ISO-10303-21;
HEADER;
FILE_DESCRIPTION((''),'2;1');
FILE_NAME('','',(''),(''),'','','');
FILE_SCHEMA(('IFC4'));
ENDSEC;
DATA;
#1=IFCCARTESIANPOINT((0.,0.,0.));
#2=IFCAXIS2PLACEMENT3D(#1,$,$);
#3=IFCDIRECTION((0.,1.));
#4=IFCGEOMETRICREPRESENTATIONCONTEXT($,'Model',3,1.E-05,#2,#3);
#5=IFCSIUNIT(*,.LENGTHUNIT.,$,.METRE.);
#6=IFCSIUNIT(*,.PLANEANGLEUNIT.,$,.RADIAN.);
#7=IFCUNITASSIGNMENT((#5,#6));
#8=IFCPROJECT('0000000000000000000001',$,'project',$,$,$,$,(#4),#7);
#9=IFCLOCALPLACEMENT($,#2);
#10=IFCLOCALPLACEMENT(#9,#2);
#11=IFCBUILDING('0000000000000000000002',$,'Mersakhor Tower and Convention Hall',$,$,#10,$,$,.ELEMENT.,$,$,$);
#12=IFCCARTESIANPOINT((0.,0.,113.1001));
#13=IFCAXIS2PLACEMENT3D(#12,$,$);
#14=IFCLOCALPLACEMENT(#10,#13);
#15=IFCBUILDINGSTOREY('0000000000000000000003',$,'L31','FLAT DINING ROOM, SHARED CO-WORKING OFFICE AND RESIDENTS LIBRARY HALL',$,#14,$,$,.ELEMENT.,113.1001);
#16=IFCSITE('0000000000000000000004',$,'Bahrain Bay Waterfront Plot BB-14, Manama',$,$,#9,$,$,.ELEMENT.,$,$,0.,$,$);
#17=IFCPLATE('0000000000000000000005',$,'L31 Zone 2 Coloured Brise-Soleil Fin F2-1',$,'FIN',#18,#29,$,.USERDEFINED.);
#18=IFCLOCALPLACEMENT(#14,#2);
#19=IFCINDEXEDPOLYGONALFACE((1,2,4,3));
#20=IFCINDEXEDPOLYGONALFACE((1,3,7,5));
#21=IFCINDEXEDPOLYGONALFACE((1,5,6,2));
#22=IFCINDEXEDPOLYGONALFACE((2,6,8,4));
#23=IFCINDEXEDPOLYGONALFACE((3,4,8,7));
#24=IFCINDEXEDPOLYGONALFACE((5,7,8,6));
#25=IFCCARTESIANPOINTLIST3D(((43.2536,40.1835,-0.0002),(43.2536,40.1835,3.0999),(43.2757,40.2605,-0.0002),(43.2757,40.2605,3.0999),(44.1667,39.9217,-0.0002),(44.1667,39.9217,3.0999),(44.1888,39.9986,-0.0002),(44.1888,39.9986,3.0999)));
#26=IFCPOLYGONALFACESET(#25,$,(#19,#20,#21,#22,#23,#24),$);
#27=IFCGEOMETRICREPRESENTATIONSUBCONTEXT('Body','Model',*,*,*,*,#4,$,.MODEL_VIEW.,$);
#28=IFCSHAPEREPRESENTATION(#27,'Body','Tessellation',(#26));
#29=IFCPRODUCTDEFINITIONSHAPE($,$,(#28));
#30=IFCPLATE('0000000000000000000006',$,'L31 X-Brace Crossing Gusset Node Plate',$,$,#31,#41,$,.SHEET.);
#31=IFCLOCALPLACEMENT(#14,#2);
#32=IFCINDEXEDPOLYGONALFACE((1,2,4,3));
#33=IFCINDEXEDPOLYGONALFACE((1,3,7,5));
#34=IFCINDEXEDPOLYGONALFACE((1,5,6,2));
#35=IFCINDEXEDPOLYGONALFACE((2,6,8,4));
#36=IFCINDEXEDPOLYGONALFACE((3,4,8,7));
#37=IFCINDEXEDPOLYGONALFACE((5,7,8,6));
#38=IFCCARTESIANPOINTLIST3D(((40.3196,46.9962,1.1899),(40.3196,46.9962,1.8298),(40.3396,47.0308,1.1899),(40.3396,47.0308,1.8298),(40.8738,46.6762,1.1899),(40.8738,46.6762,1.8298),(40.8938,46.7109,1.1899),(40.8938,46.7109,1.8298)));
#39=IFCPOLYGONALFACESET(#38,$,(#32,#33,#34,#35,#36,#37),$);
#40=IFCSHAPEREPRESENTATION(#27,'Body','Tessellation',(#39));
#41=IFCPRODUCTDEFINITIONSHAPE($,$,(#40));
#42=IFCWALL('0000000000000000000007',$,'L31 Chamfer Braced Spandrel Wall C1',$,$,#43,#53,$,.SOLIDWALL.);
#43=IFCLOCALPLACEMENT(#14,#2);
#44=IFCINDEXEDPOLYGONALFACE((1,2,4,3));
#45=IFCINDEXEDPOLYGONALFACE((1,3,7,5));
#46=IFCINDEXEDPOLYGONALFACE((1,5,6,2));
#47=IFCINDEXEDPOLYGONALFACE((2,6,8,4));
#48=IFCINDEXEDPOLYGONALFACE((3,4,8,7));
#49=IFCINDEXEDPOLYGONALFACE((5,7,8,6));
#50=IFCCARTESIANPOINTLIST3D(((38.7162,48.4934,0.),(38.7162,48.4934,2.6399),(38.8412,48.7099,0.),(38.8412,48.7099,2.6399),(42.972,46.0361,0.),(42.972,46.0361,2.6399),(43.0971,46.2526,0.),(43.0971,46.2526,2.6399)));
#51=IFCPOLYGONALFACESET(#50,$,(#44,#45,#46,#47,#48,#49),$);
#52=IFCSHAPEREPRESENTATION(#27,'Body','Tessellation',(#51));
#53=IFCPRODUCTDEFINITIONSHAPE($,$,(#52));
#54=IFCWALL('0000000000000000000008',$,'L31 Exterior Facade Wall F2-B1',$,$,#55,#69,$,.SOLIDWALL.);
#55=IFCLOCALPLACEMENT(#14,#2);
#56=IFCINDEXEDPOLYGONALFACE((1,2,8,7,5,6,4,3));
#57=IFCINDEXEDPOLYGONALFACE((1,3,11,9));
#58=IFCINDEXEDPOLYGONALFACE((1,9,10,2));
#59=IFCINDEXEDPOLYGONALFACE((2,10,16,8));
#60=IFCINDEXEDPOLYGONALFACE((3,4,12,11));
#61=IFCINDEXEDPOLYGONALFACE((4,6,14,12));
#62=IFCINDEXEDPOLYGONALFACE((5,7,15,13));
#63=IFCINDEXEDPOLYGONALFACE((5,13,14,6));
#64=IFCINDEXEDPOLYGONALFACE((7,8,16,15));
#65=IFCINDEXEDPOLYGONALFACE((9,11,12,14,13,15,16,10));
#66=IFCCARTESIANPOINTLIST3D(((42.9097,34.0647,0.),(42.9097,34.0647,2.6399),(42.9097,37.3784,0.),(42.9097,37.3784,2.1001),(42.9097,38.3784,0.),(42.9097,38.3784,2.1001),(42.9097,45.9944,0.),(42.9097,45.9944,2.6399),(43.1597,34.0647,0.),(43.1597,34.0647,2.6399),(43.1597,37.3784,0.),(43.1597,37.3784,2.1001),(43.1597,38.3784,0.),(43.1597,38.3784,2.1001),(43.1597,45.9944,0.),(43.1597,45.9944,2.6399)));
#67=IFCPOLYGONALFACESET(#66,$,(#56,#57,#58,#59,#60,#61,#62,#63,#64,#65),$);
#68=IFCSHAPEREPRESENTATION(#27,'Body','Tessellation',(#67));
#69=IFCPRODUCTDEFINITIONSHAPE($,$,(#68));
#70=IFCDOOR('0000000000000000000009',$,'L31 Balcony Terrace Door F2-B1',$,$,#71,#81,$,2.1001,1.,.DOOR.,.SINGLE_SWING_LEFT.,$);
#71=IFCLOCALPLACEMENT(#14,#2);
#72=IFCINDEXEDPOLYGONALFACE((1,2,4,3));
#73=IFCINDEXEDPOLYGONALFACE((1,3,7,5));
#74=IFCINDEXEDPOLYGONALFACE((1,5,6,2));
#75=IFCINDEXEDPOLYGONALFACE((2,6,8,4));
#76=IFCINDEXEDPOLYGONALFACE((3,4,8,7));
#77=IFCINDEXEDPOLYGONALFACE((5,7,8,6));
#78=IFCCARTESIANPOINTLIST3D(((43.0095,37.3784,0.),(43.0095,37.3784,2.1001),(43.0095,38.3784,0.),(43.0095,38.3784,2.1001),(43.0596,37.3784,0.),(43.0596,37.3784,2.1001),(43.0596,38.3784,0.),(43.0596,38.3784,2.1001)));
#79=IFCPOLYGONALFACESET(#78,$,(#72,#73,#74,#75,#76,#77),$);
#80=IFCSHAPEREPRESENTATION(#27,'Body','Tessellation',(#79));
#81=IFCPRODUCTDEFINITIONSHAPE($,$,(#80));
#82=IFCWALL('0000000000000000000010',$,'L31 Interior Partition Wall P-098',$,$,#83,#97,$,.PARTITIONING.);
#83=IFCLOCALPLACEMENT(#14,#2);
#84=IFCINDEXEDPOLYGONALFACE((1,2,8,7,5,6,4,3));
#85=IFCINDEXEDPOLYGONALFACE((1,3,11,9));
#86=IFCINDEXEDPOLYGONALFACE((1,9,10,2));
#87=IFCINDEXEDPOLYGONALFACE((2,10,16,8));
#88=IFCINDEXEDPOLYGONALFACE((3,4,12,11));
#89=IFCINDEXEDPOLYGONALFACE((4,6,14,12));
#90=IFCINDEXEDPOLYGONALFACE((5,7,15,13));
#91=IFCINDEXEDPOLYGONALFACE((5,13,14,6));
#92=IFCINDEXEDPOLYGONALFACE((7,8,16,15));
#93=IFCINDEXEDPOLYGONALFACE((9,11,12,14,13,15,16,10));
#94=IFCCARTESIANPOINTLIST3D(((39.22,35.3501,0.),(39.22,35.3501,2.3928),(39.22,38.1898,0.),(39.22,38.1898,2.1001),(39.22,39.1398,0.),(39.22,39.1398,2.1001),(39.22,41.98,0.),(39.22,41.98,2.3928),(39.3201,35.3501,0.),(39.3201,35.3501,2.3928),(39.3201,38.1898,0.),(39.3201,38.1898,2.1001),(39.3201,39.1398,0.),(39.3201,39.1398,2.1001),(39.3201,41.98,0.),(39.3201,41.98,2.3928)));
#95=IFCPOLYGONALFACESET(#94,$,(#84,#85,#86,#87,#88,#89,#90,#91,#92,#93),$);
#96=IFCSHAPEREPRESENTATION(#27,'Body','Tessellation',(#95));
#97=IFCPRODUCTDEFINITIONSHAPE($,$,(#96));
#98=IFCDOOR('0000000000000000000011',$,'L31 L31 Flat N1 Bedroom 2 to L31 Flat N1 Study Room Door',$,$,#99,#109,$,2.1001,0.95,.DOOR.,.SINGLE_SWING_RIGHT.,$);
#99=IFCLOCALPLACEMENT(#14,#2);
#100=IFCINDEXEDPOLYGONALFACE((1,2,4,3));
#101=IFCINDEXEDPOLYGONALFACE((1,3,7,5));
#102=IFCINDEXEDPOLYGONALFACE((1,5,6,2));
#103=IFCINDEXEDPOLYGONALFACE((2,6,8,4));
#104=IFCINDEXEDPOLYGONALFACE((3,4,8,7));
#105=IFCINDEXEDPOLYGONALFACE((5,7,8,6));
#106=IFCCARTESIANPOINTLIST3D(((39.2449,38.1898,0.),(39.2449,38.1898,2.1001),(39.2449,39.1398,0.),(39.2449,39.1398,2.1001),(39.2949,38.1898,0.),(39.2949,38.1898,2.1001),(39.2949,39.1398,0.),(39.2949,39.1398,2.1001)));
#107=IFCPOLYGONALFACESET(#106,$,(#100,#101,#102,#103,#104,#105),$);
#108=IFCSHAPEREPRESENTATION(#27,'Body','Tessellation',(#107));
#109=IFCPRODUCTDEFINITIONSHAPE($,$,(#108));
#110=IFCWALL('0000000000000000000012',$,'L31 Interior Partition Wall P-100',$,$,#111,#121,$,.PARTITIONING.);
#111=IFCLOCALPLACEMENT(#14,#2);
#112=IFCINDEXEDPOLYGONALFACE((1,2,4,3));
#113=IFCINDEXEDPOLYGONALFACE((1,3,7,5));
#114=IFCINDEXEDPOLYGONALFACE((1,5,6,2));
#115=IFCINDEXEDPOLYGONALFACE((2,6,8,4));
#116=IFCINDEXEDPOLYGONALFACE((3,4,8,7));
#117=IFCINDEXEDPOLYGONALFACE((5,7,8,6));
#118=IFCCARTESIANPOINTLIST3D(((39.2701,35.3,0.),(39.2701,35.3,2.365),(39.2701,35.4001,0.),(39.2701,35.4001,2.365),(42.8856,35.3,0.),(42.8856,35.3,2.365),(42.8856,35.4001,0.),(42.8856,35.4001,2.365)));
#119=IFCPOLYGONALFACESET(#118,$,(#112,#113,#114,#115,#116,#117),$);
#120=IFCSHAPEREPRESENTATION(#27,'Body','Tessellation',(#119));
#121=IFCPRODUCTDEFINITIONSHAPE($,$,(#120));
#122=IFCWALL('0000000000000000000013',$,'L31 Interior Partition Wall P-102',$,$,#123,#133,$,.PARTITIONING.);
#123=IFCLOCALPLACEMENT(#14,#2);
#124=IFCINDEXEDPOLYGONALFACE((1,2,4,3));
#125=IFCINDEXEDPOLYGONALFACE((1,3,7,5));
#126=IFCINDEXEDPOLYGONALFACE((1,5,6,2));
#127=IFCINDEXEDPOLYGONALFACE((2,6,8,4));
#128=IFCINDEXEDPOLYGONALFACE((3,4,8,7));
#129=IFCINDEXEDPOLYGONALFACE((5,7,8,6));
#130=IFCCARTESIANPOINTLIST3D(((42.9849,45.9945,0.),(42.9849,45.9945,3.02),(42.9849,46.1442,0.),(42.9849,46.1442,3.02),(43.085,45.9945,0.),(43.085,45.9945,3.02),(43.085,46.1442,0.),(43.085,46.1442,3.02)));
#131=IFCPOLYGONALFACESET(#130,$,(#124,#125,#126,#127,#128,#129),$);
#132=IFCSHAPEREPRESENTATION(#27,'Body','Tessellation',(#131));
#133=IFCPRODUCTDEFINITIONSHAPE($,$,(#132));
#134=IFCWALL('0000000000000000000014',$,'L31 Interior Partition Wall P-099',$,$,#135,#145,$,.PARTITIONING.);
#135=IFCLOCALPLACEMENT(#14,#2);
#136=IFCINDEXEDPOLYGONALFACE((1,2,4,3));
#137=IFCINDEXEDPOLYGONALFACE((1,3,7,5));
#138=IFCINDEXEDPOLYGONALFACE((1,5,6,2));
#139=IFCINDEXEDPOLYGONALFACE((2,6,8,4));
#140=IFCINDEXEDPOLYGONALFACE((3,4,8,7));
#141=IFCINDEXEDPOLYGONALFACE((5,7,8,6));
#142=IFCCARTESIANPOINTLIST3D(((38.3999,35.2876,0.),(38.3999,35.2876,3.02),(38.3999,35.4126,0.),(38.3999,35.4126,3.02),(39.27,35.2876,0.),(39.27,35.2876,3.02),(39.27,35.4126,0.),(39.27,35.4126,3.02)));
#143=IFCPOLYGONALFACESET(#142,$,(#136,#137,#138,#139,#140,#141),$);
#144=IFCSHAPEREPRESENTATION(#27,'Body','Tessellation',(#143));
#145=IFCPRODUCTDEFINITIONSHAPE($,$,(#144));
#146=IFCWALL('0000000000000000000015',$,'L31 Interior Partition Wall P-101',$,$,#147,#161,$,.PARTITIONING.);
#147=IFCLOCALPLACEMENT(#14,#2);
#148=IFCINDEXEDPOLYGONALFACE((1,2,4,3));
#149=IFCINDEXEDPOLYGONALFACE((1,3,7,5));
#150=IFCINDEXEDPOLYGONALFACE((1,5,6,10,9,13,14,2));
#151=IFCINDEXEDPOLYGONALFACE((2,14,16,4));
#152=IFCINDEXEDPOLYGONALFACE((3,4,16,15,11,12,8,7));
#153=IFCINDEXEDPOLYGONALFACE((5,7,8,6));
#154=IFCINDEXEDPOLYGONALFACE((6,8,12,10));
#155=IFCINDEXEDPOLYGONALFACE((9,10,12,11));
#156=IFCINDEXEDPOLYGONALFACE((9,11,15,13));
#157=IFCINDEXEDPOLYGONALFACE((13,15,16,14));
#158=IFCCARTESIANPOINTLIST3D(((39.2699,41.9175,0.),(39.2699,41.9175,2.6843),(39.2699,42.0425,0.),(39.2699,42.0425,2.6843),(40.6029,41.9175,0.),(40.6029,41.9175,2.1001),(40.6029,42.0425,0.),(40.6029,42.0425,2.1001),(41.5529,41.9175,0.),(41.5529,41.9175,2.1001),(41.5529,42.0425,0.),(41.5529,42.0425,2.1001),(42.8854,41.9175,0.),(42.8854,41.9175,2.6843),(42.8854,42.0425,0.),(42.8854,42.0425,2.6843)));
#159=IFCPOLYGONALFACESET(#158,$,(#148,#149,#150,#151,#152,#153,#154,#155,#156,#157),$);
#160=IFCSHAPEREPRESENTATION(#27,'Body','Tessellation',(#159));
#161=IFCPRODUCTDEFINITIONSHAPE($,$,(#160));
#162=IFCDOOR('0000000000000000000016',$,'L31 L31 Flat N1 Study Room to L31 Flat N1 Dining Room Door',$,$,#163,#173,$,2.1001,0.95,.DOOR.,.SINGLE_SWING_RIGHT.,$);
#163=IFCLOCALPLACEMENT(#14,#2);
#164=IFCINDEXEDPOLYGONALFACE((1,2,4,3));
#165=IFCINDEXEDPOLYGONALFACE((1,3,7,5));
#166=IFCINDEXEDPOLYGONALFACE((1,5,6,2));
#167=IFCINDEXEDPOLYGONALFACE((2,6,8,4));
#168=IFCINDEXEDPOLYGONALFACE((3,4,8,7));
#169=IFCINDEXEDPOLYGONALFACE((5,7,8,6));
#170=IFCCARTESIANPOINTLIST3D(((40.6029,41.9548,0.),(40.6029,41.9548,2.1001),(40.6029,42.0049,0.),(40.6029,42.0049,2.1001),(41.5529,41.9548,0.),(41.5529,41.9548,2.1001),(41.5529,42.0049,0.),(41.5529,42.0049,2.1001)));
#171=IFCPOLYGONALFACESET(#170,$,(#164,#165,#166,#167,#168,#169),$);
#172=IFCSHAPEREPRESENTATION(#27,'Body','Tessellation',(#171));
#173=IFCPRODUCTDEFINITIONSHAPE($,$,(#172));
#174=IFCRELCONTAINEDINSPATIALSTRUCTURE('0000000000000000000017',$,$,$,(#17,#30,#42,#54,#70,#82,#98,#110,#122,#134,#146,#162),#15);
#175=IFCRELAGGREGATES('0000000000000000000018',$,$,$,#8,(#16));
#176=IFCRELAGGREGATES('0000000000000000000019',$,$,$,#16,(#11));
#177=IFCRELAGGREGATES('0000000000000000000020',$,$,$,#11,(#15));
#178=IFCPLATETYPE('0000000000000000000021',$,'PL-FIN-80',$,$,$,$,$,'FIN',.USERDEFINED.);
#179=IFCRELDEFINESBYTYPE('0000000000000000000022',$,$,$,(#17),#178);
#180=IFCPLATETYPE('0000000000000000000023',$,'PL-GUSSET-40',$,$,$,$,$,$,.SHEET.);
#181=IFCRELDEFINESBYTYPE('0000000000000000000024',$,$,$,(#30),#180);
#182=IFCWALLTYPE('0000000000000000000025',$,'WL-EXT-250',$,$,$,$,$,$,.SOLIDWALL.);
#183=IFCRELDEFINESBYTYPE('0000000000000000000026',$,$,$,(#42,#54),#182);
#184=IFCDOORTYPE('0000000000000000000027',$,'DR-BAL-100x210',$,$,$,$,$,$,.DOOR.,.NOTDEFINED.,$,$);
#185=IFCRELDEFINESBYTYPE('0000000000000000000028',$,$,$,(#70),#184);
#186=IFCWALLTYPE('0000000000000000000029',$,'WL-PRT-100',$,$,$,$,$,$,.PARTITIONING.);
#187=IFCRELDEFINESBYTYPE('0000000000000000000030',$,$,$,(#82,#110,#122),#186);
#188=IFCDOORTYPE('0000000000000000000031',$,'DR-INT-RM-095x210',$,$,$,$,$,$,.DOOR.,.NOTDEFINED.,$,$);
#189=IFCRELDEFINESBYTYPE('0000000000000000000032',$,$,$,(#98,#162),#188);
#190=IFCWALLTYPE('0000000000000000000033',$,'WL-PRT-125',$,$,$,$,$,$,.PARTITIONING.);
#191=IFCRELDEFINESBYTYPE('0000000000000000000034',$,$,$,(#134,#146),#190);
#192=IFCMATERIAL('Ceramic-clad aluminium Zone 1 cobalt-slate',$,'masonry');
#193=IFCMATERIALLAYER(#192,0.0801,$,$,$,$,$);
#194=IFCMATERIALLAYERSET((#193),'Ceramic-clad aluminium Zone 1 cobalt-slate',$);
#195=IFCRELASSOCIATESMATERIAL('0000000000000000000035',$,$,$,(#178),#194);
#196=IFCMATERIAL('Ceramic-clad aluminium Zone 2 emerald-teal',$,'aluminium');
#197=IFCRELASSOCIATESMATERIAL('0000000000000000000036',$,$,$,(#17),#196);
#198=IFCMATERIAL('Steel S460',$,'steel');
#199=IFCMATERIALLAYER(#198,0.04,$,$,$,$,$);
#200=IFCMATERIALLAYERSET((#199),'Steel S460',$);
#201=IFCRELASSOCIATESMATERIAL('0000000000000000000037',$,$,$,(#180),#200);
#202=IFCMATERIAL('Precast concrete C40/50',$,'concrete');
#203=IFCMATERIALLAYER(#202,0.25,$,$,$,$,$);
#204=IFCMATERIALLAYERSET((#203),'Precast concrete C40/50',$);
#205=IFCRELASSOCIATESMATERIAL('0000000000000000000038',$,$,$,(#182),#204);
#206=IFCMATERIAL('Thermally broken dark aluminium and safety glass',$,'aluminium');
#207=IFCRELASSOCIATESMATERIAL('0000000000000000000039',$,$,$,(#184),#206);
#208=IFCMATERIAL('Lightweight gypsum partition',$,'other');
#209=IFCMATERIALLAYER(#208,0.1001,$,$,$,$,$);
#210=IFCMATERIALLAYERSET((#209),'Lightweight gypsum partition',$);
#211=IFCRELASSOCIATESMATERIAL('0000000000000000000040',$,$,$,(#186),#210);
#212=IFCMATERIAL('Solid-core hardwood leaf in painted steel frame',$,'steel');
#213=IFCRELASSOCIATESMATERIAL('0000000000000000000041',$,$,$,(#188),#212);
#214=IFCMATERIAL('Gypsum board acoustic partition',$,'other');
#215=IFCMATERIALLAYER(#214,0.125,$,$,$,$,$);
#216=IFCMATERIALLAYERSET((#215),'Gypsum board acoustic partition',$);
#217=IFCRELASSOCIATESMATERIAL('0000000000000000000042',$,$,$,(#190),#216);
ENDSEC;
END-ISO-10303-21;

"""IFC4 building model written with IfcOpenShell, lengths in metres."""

from ifc_helpers import new_model, si_unit, direction, frame, frame_2d, origin, origin_2d, place, context, subcontext, project, spatial, rectangle, extrude, material, layer, layer_set, type_object, element, fill, save


model = new_model("IFC4")

# Units and contexts
model_context = context("Model", 3, precision=1e-05, world=origin(), true_north=direction((0.0, 1.0)))
body_context = subcontext(model_context, "Body", "Model", "MODEL_VIEW")
ifc_project = project(units=[si_unit("LENGTHUNIT", "METRE"), si_unit("PLANEANGLEUNIT", "RADIAN")], contexts=[model_context])

# Site, building, storey
site_placement = place(None, origin())
site = spatial("IfcSite", under=ifc_project, at=site_placement, Name="Bahrain Bay Waterfront Plot BB-14, Manama", CompositionType="ELEMENT", RefElevation=0.0)
building_placement = place(site_placement, origin())
building = spatial("IfcBuilding", under=site, at=building_placement, Name="Mersakhor Tower and Convention Hall", CompositionType="ELEMENT")
storey_placement = place(building_placement, frame((0.0, 0.0, 113.1001)))
storey = spatial("IfcBuildingStorey", under=building, at=storey_placement, Name="L31", Description="FLAT DINING ROOM, SHARED CO-WORKING OFFICE AND RESIDENTS LIBRARY HALL", CompositionType="ELEMENT", Elevation=113.1001)

# Plates
ifc_material_1 = material(Name="Ceramic-clad aluminium Zone 2 emerald-teal", Category="aluminium")
ifc_material_2 = material(Name="Ceramic-clad aluminium Zone 1 cobalt-slate", Category="masonry")
ifc_layer_1 = layer(ifc_material_2, 0.0801)
ifc_layer_set_1 = layer_set([ifc_layer_1], Name="Ceramic-clad aluminium Zone 1 cobalt-slate")
plate_type_1 = type_object("IfcPlateType", Name="PL-FIN-80", ElementType="FIN", PredefinedType="USERDEFINED", material=ifc_layer_set_1)
plate_1_placement = place(storey_placement, frame((43.7212, 40.0911, -0.0002), z_axis=(0.0, 0.0, 1.0), x_axis=(0.961262, -0.275637, 0.0)))
element("IfcPlate", 1, at=plate_1_placement, inside=storey, type_object=plate_type_1, material=ifc_material_1, Name="L31 Zone 2 Coloured Brise-Soleil Fin F2-1", ObjectType="FIN", PredefinedType="USERDEFINED", context=body_context, shape_type="SweptSolid", body=[
    extrude(rectangle(XDim=0.95, YDim=0.0801, at=origin_2d()), origin(), (0.0, 0.0, 1.0), 3.1001),
])
ifc_material_3 = material(Name="Steel S460", Category="steel")
ifc_layer_2 = layer(ifc_material_3, 0.04)
ifc_layer_set_2 = layer_set([ifc_layer_2], Name="Steel S460")
plate_type_2 = type_object("IfcPlateType", Name="PL-GUSSET-40", PredefinedType="SHEET", material=ifc_layer_set_2)
plate_2_placement = place(storey_placement, frame((40.6067, 46.8535, 1.1899), z_axis=(0.0, 0.0, 1.0), x_axis=(-0.866025, 0.5, 0.0)))
element("IfcPlate", 2, at=plate_2_placement, inside=storey, type_object=plate_type_2, Name="L31 X-Brace Crossing Gusset Node Plate", PredefinedType="SHEET", context=body_context, shape_type="SweptSolid", body=[
    extrude(rectangle(XDim=0.6399, YDim=0.04, at=origin_2d()), origin(), (0.0, 0.0, 1.0), 0.6399),
])

# Wall
ifc_material_4 = material(Name="Precast concrete C40/50", Category="concrete")
ifc_layer_3 = layer(ifc_material_4, 0.25)
ifc_layer_set_3 = layer_set([ifc_layer_3], Name="Precast concrete C40/50")
wall_type_1 = type_object("IfcWallType", Name="WL-EXT-250", PredefinedType="SOLIDWALL", material=ifc_layer_set_3)
wall_1_placement = place(storey_placement, frame((38.7788, 48.6016, 0.0), z_axis=(0.0, 0.0, 1.0), x_axis=(0.866012, -0.500023, 0.0)))
element("IfcWall", 3, at=wall_1_placement, inside=storey, type_object=wall_type_1, Name="L31 Chamfer Braced Spandrel Wall C1", PredefinedType="SOLIDWALL", context=body_context, shape_type="SweptSolid", body=[
    extrude(rectangle(XDim=4.9143, YDim=0.25, at=frame_2d((2.457, 0.0))), origin(), (0.0, 0.0, 1.0), 2.6399),
])

# Walls, openings, doors
wall_2_placement = place(storey_placement, frame((43.0347, 45.9944, 0.0), z_axis=(0.0, 0.0, 1.0), x_axis=(0.0, -1.0, 0.0)))
wall_2 = element("IfcWall", 4, at=wall_2_placement, inside=storey, type_object=wall_type_1, Name="L31 Exterior Facade Wall F2-B1", PredefinedType="SOLIDWALL", context=body_context, shape_type="SweptSolid", body=[
    extrude(rectangle(XDim=11.9297, YDim=0.25, at=frame_2d((5.9648, 0.0))), origin(), (0.0, 0.0, 1.0), 2.6399),
])
opening_1_placement = place(wall_2_placement, frame((7.616, 0.0, 0.0)))
opening_1 = element("IfcOpeningElement", 5, at=opening_1_placement, cuts=wall_2, PredefinedType="OPENING", context=body_context, shape_type="SweptSolid", body=[
    extrude(rectangle(XDim=1.0, YDim=2.1001, at=frame_2d((0.5, 1.05))), frame((0.0, 0.135, 0.0), z_axis=(0.0, -1.0, 0.0), x_axis=(1.0, 0.0, 0.0)), (0.0, 0.0, 1.0), 0.27),
])
ifc_material_5 = material(Name="Thermally broken dark aluminium and safety glass", Category="aluminium")
door_type_1 = type_object("IfcDoorType", Name="DR-BAL-100x210", OperationType="NOTDEFINED", PredefinedType="DOOR", material=ifc_material_5)
door_1_placement = place(opening_1_placement, origin())
door_1 = element("IfcDoor", 6, at=door_1_placement, inside=storey, type_object=door_type_1, Name="L31 Balcony Terrace Door F2-B1", OperationType="SINGLE_SWING_LEFT", OverallHeight=2.1001, OverallWidth=1.0, PredefinedType="DOOR", context=body_context, shape_type="SweptSolid", body=[
    extrude(rectangle(XDim=1.0, YDim=2.1001, at=frame_2d((0.5, 1.05))), frame((0.0, 0.0249, 0.0), z_axis=(0.0, -1.0, 0.0), x_axis=(1.0, 0.0, 0.0)), (0.0, 0.0, 1.0), 0.05),
])
fill(opening_1, door_1)
ifc_material_6 = material(Name="Lightweight gypsum partition", Category="other")
ifc_layer_4 = layer(ifc_material_6, 0.1001)
ifc_layer_set_4 = layer_set([ifc_layer_4], Name="Lightweight gypsum partition")
wall_type_2 = type_object("IfcWallType", Name="WL-PRT-100", PredefinedType="PARTITIONING", material=ifc_layer_set_4)
wall_3_placement = place(storey_placement, frame((39.27, 41.98, 0.0), z_axis=(0.0, 0.0, 1.0), x_axis=(0.0, -1.0, 0.0)))
wall_3 = element("IfcWall", 7, at=wall_3_placement, inside=storey, type_object=wall_type_2, Name="L31 Interior Partition Wall P-098", PredefinedType="PARTITIONING", context=body_context, shape_type="SweptSolid", body=[
    extrude(rectangle(XDim=6.6299, YDim=0.1001, at=frame_2d((3.3149, 0.0))), origin(), (0.0, 0.0, 1.0), 2.3928),
])
opening_2_placement = place(wall_3_placement, frame((2.8401, 0.0, 0.0)))
opening_2 = element("IfcOpeningElement", 8, at=opening_2_placement, cuts=wall_3, PredefinedType="OPENING", context=body_context, shape_type="SweptSolid", body=[
    extrude(rectangle(XDim=0.95, YDim=2.1001, at=frame_2d((0.4751, 1.05))), frame((0.0, 0.0601, 0.0), z_axis=(0.0, -1.0, 0.0), x_axis=(1.0, 0.0, 0.0)), (0.0, 0.0, 1.0), 0.1201),
])
ifc_material_7 = material(Name="Solid-core hardwood leaf in painted steel frame", Category="steel")
door_type_2 = type_object("IfcDoorType", Name="DR-INT-RM-095x210", OperationType="NOTDEFINED", PredefinedType="DOOR", material=ifc_material_7)
door_2_placement = place(opening_2_placement, origin())
door_2 = element("IfcDoor", 9, at=door_2_placement, inside=storey, type_object=door_type_2, Name="L31 L31 Flat N1 Bedroom 2 to L31 Flat N1 Study Room Door", OperationType="SINGLE_SWING_RIGHT", OverallHeight=2.1001, OverallWidth=0.95, PredefinedType="DOOR", context=body_context, shape_type="SweptSolid", body=[
    extrude(rectangle(XDim=0.95, YDim=2.1001, at=frame_2d((0.4751, 1.05))), frame((0.0, 0.0249, 0.0), z_axis=(0.0, -1.0, 0.0), x_axis=(1.0, 0.0, 0.0)), (0.0, 0.0, 1.0), 0.05),
])
fill(opening_2, door_2)

# Walls
wall_4_placement = place(storey_placement, frame((42.8855, 35.3501, 0.0), z_axis=(0.0, 0.0, 1.0), x_axis=(-1.0, 0.0, 0.0)))
element("IfcWall", 10, at=wall_4_placement, inside=storey, type_object=wall_type_2, Name="L31 Interior Partition Wall P-100", PredefinedType="PARTITIONING", context=body_context, shape_type="SweptSolid", body=[
    extrude(rectangle(XDim=3.6155, YDim=0.1001, at=frame_2d((1.8076, 0.0))), origin(), (0.0, 0.0, 1.0), 2.365),
])
wall_5_placement = place(storey_placement, frame((43.0349, 46.144, 0.0), z_axis=(0.0, 0.0, 1.0), x_axis=(0.0, -1.0, 0.0)))
element("IfcWall", 11, at=wall_5_placement, inside=storey, type_object=wall_type_2, Name="L31 Interior Partition Wall P-102", PredefinedType="PARTITIONING", context=body_context, shape_type="SweptSolid", body=[
    extrude(rectangle(XDim=0.1497, YDim=0.1001, at=frame_2d((0.0747, 0.0))), origin(), (0.0, 0.0, 1.0), 3.02),
])
ifc_material_8 = material(Name="Gypsum board acoustic partition", Category="other")
ifc_layer_5 = layer(ifc_material_8, 0.125)
ifc_layer_set_5 = layer_set([ifc_layer_5], Name="Gypsum board acoustic partition")
wall_type_3 = type_object("IfcWallType", Name="WL-PRT-125", PredefinedType="PARTITIONING", material=ifc_layer_set_5)
wall_6_placement = place(storey_placement, frame((39.27, 35.3501, 0.0), z_axis=(0.0, 0.0, 1.0), x_axis=(-1.0, 0.0, 0.0)))
element("IfcWall", 12, at=wall_6_placement, inside=storey, type_object=wall_type_3, Name="L31 Interior Partition Wall P-099", PredefinedType="PARTITIONING", context=body_context, shape_type="SweptSolid", body=[
    extrude(rectangle(XDim=0.8701, YDim=0.125, at=frame_2d((0.4351, 0.0))), origin(), (0.0, 0.0, 1.0), 3.02),
])

# Wall, opening, door
wall_7_placement = place(storey_placement, frame((39.27, 41.98, 0.0), z_axis=(0.0, 0.0, 1.0), x_axis=(1.0, 0.0, 0.0)))
wall_7 = element("IfcWall", 13, at=wall_7_placement, inside=storey, type_object=wall_type_3, Name="L31 Interior Partition Wall P-101", PredefinedType="PARTITIONING", context=body_context, shape_type="SweptSolid", body=[
    extrude(rectangle(XDim=3.6155, YDim=0.125, at=frame_2d((1.8076, 0.0))), origin(), (0.0, 0.0, 1.0), 2.6843),
])
opening_3_placement = place(wall_7_placement, frame((1.3328, 0.0, 0.0)))
opening_3 = element("IfcOpeningElement", 14, at=opening_3_placement, cuts=wall_7, PredefinedType="OPENING", context=body_context, shape_type="SweptSolid", body=[
    extrude(rectangle(XDim=0.95, YDim=2.1001, at=frame_2d((0.4751, 1.05))), frame((0.0, 0.0725, 0.0), z_axis=(0.0, -1.0, 0.0), x_axis=(1.0, 0.0, 0.0)), (0.0, 0.0, 1.0), 0.145),
])
door_3_placement = place(opening_3_placement, origin())
door_3 = element("IfcDoor", 15, at=door_3_placement, inside=storey, type_object=door_type_2, Name="L31 L31 Flat N1 Study Room to L31 Flat N1 Dining Room Door", OperationType="SINGLE_SWING_RIGHT", OverallHeight=2.1001, OverallWidth=0.95, PredefinedType="DOOR", context=body_context, shape_type="SweptSolid", body=[
    extrude(rectangle(XDim=0.95, YDim=2.1001, at=frame_2d((0.4751, 1.05))), frame((0.0, 0.0249, 0.0), z_axis=(0.0, -1.0, 0.0), x_axis=(1.0, 0.0, 0.0)), (0.0, 0.0, 1.0), 0.05),
])
fill(opening_3, door_3)

save(model, "model.ifc")
